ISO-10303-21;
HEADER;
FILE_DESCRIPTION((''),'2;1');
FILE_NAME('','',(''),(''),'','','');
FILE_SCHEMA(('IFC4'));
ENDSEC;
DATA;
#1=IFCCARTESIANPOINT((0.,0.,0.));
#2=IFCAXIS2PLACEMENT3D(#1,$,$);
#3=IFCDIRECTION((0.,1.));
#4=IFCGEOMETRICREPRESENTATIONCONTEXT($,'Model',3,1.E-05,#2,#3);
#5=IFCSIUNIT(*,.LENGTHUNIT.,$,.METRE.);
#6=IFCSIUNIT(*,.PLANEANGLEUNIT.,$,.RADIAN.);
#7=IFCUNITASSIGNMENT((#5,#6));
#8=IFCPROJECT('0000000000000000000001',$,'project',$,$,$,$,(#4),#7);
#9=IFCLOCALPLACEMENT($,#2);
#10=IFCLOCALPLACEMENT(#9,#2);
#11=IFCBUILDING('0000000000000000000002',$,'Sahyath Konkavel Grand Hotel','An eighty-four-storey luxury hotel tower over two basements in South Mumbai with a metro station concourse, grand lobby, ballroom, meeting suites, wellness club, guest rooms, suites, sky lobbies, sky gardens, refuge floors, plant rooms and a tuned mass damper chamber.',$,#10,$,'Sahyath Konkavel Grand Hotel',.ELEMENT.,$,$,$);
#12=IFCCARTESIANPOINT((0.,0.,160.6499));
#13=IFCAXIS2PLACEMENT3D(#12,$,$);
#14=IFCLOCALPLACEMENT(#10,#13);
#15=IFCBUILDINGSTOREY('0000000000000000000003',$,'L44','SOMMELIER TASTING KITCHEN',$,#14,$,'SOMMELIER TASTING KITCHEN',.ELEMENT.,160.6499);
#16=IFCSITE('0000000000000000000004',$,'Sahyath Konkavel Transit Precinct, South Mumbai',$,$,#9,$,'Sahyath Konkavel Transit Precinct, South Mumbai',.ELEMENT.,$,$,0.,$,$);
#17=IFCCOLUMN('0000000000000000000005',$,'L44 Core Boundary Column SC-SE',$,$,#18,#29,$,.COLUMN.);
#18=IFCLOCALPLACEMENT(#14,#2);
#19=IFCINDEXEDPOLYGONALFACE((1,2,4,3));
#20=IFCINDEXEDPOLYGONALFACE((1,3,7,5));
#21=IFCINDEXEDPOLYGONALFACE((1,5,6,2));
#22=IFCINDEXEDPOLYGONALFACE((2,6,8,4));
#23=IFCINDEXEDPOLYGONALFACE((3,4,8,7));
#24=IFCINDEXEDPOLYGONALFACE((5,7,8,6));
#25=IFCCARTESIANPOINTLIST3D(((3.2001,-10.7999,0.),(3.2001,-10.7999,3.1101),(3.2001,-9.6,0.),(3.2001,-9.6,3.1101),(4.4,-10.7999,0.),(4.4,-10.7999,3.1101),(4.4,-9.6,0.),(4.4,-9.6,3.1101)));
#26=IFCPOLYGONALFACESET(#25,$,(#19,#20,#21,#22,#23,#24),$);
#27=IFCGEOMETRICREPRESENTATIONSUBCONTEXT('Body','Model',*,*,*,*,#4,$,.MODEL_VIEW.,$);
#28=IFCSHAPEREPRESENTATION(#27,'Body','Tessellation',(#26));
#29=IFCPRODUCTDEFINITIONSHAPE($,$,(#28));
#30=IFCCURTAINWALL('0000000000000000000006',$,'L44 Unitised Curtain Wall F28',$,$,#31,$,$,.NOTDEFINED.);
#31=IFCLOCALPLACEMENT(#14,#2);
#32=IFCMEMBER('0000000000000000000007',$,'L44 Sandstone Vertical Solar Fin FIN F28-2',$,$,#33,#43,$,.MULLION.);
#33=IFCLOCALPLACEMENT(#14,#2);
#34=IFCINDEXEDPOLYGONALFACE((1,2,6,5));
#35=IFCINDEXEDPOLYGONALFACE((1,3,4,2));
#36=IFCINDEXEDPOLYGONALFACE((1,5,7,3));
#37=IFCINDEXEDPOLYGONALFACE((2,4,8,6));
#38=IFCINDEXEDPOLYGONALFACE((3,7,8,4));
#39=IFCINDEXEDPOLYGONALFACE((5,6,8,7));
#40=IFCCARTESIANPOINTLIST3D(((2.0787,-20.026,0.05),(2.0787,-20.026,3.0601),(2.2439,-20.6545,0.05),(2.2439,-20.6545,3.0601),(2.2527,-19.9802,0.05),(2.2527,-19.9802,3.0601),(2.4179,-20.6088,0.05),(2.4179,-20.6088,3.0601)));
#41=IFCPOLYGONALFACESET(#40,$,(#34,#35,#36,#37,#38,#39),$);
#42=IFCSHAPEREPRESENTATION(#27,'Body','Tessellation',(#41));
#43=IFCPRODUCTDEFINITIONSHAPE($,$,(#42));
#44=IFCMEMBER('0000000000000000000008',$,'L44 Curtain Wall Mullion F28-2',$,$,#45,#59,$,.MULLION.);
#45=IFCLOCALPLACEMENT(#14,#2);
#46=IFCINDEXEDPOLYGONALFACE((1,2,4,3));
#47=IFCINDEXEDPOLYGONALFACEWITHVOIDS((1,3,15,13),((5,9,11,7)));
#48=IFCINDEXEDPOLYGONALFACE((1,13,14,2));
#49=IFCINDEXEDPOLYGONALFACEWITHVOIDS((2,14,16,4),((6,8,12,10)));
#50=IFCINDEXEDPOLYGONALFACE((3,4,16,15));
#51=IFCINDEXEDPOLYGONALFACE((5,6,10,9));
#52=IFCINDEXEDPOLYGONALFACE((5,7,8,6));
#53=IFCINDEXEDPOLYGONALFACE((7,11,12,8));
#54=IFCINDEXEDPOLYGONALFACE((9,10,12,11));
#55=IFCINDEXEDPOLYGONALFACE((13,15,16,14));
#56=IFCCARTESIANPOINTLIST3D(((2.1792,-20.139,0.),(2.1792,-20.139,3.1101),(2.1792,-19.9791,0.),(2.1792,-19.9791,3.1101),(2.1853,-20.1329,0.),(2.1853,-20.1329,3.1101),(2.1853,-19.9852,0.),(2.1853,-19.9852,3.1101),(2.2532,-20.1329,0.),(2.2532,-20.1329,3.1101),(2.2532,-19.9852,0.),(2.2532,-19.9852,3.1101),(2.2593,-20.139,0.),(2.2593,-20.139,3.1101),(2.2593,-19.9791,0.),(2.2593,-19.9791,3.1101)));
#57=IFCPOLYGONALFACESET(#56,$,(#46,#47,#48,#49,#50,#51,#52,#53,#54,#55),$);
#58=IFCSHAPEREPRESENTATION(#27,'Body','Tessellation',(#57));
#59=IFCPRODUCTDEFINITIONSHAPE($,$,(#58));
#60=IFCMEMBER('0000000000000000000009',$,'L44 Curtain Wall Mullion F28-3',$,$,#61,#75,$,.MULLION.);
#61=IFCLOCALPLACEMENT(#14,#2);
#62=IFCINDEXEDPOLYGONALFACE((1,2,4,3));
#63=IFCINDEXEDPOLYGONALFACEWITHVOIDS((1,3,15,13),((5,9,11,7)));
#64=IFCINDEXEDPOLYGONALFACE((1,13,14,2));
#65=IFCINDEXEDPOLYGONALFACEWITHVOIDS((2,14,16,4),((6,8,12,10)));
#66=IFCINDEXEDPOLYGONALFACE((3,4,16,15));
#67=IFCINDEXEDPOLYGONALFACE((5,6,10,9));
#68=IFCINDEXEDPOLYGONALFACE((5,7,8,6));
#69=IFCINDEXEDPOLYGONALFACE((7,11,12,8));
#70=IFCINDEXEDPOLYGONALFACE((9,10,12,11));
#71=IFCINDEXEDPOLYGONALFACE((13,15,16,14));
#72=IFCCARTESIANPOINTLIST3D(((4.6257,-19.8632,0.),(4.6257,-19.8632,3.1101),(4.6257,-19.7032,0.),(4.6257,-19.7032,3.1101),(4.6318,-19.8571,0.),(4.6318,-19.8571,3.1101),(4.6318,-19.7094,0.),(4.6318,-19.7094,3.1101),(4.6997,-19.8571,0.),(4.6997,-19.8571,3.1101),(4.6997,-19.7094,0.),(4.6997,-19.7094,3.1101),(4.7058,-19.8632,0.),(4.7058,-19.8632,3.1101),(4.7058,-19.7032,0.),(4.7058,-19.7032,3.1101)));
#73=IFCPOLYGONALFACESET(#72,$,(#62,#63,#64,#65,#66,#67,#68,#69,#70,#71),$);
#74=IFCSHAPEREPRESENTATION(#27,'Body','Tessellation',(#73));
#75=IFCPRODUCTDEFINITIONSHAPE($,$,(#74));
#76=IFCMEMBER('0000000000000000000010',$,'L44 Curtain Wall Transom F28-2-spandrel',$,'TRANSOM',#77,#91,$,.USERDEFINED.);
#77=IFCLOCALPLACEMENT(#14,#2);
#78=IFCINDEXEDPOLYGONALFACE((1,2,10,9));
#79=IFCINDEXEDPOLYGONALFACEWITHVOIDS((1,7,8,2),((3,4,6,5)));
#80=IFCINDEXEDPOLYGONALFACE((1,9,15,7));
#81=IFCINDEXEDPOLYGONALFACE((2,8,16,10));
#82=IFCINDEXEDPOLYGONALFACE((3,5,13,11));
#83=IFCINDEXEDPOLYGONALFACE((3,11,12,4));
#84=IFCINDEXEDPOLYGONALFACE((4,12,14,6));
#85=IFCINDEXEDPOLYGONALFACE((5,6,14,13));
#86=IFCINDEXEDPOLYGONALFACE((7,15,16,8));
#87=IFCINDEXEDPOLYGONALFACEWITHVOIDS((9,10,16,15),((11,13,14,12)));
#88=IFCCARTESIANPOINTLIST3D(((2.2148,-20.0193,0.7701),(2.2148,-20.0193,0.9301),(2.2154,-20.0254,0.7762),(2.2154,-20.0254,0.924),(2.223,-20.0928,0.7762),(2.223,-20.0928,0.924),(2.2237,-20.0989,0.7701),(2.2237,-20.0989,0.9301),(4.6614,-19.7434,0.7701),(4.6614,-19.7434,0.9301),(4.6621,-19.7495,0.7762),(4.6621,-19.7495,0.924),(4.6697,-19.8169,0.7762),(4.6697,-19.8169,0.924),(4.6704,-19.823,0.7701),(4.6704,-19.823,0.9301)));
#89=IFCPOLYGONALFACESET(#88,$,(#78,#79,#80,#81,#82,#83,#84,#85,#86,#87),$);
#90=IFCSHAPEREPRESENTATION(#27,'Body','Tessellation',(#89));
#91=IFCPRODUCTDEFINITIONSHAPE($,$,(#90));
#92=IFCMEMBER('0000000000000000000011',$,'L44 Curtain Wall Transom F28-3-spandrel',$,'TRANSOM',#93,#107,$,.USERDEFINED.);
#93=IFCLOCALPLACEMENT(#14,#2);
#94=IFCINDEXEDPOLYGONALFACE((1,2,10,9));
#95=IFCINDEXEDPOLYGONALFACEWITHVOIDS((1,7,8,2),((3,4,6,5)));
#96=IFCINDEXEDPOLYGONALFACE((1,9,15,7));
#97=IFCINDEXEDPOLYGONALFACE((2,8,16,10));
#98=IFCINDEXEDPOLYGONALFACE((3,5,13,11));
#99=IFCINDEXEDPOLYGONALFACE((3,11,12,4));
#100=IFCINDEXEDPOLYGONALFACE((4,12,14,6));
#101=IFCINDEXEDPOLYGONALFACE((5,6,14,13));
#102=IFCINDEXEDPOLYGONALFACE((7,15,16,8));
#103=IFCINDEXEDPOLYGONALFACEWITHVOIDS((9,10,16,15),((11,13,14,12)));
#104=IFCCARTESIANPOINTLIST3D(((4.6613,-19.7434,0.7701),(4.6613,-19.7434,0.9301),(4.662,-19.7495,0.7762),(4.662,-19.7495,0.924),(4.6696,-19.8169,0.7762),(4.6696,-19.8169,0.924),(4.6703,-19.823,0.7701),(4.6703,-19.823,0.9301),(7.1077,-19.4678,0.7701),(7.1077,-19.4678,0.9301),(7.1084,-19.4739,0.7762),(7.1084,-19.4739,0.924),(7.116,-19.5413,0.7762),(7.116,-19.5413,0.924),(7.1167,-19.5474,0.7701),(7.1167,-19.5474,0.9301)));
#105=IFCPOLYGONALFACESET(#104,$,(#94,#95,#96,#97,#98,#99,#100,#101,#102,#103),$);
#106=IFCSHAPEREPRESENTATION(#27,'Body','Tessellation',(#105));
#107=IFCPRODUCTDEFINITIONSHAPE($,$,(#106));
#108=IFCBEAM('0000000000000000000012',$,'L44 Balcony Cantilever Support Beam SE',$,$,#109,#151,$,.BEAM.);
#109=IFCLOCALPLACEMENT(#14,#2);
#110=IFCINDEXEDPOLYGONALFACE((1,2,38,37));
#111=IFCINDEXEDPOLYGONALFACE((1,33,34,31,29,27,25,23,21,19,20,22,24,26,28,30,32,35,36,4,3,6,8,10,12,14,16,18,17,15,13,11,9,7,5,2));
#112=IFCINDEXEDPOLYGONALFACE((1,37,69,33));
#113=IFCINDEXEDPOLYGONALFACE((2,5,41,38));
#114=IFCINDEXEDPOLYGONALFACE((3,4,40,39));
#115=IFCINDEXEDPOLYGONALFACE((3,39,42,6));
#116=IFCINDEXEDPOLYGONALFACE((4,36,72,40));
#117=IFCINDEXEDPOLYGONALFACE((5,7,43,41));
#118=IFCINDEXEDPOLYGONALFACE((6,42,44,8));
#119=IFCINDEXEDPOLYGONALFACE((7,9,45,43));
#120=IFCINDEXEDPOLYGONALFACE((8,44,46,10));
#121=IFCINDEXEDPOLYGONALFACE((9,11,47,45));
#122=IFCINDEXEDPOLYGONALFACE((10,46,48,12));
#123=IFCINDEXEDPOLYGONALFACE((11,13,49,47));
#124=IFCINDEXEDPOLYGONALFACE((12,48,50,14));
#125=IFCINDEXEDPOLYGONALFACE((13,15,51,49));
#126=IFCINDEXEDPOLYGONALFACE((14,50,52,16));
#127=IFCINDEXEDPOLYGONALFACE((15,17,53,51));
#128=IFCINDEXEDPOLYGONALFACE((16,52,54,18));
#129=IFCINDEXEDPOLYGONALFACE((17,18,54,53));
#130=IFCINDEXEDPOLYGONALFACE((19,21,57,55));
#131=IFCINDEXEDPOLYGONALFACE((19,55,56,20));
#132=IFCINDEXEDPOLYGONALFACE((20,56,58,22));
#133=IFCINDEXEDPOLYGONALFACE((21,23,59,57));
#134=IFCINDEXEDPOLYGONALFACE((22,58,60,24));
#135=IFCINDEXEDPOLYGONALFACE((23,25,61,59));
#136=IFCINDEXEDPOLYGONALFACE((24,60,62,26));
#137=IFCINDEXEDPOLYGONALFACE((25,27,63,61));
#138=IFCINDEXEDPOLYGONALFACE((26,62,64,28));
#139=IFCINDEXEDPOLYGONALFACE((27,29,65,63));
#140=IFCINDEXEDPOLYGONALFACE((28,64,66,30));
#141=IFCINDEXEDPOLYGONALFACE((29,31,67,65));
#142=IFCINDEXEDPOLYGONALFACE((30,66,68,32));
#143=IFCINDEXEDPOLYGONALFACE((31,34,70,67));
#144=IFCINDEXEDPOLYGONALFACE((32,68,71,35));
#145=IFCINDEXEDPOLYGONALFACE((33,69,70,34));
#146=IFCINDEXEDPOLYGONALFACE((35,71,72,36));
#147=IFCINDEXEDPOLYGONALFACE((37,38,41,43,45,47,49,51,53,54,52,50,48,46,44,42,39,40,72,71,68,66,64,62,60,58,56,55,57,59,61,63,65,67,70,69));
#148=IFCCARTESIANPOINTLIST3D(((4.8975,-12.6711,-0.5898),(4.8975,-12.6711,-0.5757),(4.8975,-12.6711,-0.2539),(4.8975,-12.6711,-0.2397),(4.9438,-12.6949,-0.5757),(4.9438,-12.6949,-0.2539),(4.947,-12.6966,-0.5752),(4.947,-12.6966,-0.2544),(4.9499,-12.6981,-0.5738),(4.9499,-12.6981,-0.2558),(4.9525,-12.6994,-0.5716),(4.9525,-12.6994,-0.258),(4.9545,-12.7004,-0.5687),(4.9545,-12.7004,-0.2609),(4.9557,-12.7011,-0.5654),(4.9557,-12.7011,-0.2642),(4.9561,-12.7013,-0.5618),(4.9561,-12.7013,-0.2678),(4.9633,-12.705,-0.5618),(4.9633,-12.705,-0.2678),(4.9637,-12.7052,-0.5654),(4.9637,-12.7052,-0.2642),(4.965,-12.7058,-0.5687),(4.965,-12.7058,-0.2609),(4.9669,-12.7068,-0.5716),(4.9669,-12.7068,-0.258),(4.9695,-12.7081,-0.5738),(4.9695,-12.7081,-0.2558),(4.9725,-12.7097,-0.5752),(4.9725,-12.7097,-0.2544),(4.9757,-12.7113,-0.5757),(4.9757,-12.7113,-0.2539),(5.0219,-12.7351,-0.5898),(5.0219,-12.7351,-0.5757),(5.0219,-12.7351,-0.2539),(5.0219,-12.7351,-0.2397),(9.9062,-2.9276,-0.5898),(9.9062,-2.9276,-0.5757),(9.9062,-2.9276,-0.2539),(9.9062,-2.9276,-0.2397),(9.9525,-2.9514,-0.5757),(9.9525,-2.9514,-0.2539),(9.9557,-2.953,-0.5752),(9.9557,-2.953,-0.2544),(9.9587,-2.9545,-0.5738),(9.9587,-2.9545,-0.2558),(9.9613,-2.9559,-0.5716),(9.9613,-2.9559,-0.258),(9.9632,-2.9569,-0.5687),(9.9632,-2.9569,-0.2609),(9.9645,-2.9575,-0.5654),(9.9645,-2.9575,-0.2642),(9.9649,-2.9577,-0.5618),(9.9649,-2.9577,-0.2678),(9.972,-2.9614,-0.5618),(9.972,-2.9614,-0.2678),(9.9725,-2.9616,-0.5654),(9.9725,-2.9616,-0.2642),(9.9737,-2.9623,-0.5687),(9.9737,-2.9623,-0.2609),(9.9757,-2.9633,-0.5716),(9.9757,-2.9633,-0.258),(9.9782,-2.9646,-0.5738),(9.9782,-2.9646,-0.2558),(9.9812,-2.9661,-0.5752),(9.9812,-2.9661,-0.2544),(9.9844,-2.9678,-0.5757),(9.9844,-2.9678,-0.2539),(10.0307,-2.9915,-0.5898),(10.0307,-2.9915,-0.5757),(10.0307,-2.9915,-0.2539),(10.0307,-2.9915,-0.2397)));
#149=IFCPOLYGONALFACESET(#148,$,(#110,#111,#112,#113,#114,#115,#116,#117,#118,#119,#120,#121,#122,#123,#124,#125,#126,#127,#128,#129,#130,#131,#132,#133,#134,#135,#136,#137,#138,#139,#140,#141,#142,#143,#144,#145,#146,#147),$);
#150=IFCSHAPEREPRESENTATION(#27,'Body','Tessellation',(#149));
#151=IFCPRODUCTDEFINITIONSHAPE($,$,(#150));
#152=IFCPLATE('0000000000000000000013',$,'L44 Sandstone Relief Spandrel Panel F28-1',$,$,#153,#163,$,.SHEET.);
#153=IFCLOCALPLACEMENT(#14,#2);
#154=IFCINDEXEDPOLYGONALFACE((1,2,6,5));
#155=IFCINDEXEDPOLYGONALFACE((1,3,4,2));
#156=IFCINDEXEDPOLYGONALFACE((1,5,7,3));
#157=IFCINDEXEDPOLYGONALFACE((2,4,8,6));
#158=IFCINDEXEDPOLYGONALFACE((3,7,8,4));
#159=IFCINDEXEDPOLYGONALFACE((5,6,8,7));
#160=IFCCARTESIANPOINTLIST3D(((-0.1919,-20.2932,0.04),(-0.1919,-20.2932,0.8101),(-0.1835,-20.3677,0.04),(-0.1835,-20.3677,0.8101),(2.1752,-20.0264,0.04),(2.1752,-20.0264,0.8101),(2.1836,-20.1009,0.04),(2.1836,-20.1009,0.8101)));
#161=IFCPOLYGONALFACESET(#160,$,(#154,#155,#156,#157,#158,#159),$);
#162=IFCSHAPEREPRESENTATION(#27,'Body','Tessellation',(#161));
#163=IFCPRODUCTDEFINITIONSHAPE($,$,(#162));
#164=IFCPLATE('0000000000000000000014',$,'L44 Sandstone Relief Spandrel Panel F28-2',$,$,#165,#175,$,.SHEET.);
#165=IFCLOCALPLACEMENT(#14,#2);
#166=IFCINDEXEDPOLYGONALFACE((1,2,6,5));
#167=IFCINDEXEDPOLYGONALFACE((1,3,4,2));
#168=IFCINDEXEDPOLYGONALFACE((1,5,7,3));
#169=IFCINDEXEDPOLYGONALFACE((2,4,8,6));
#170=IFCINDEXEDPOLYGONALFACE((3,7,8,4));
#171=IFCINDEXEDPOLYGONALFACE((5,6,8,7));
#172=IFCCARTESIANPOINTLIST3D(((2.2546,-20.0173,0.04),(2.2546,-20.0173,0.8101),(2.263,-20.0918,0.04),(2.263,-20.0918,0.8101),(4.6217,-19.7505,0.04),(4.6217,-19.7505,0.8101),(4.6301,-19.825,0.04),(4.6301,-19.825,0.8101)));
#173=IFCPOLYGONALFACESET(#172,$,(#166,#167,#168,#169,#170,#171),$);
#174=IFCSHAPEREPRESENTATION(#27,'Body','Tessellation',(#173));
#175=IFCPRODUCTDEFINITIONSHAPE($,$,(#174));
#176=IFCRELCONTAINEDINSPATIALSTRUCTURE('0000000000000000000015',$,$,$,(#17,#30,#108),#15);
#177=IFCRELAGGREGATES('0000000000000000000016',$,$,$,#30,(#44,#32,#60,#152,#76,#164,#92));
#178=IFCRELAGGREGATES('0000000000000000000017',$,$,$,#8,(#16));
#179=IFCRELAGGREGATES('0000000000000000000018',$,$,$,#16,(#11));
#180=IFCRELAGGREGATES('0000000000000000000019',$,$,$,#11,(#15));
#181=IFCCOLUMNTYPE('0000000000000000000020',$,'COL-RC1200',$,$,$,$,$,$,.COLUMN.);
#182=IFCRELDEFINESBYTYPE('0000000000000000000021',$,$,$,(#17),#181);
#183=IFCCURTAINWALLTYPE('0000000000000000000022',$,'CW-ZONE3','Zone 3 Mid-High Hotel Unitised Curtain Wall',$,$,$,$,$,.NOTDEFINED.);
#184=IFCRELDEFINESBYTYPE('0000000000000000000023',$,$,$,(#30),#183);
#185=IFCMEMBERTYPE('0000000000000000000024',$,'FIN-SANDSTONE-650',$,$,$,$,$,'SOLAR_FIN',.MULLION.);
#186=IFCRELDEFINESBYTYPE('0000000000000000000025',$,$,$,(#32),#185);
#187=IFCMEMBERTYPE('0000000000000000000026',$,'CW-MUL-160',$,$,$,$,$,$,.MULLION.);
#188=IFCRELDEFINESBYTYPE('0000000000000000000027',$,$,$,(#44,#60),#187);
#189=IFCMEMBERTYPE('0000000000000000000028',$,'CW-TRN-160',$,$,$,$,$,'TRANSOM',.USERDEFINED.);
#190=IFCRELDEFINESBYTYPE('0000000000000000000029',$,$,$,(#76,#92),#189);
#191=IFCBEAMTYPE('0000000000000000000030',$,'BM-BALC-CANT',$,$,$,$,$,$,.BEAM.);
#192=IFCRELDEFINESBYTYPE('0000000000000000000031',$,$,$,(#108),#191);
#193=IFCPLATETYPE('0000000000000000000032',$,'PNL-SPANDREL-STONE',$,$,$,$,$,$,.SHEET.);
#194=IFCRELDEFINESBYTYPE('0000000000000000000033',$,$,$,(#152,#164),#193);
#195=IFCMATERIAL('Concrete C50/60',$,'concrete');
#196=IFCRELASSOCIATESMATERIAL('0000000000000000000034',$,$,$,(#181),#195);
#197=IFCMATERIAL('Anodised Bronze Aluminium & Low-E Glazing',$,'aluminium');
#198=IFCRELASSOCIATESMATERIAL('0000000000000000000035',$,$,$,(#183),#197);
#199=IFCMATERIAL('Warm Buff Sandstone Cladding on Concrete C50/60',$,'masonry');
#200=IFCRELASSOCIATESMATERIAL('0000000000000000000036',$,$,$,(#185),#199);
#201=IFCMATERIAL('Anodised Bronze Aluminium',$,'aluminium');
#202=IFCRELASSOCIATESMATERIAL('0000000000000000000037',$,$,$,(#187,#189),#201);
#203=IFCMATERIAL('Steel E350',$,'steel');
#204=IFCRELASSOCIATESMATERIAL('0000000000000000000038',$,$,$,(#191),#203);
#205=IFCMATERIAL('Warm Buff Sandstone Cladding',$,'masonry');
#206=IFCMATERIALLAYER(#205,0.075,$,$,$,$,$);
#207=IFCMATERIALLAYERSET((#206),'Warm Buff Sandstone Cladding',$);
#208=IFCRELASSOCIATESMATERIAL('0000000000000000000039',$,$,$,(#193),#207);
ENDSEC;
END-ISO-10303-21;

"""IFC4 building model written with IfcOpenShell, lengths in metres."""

from ifc_helpers import new_model, si_unit, direction, frame, origin, origin_2d, place, context, subcontext, project, spatial, rectangle, hollow_rectangle, i_section, extrude, source, transform, mapped, material, layer, layer_set, material_profile, profile_set, type_object, element, aggregate, save


model = new_model("IFC4")

# Units and contexts
model_context = context("Model", 3, precision=1e-05, world=origin(), true_north=direction((0.0, 1.0)))
body_context = subcontext(model_context, "Body", "Model", "MODEL_VIEW")
ifc_project = project(units=[si_unit("LENGTHUNIT", "METRE"), si_unit("PLANEANGLEUNIT", "RADIAN")], contexts=[model_context])

# Site, building, storey
site_placement = place(None, origin())
site = spatial("IfcSite", under=ifc_project, at=site_placement, Name="Sahyath Konkavel Transit Precinct, South Mumbai", LongName="Sahyath Konkavel Transit Precinct, South Mumbai", CompositionType="ELEMENT", RefElevation=0.0)
building_placement = place(site_placement, origin())
building = spatial("IfcBuilding", under=site, at=building_placement, Name="Sahyath Konkavel Grand Hotel", Description="An eighty-four-storey luxury hotel tower over two basements in South Mumbai with a metro station concourse, grand lobby, ballroom, meeting suites, wellness club, guest rooms, suites, sky lobbies, sky gardens, refuge floors, plant rooms and a tuned mass damper chamber.", LongName="Sahyath Konkavel Grand Hotel", CompositionType="ELEMENT")
storey_placement = place(building_placement, frame((0.0, 0.0, 160.6499)))
storey = spatial("IfcBuildingStorey", under=building, at=storey_placement, Name="L44", Description="SOMMELIER TASTING KITCHEN", LongName="SOMMELIER TASTING KITCHEN", CompositionType="ELEMENT", Elevation=160.6499)

# Column
ifc_material_1 = material(Name="Concrete C50/60", Category="concrete")
ifc_material_profile_1 = material_profile(ifc_material_1, rectangle(XDim=1.2, YDim=1.2, at=origin_2d()), Name="RC 1200x1200")
ifc_profile_set_1 = profile_set([ifc_material_profile_1], Name="Concrete C50/60")
column_type = type_object("IfcColumnType", Name="COL-RC1200", PredefinedType="COLUMN", material=ifc_profile_set_1)
shared_shape_1 = source(origin(), body_context, "Body", "SweptSolid", [
    extrude(rectangle(XDim=1.2, YDim=1.2, at=origin_2d()), origin(), (0.0, 0.0, 1.0), 3.1101),
])
column_placement = place(storey_placement, frame((3.8, -10.2, 0.0), z_axis=(0.0, 0.0, 1.0), x_axis=(1.0, 0.0, 0.0)))
element("IfcColumn", 1, at=column_placement, inside=storey, type_object=column_type, Name="L44 Core Boundary Column SC-SE", PredefinedType="COLUMN", context=body_context, shape_type="MappedRepresentation", body=[
    mapped(shared_shape_1, transform((0.0, 0.0, 0.0), scale=1.0)),
])

# Curtain wall, members
ifc_material_2 = material(Name="Anodised Bronze Aluminium & Low-E Glazing", Category="aluminium")
curtain_wall_type = type_object("IfcCurtainWallType", Name="CW-ZONE3", Description="Zone 3 Mid-High Hotel Unitised Curtain Wall", PredefinedType="NOTDEFINED", material=ifc_material_2)
curtain_wall_placement = place(storey_placement, origin())
curtain_wall = element("IfcCurtainWall", 2, at=curtain_wall_placement, inside=storey, type_object=curtain_wall_type, Name="L44 Unitised Curtain Wall F28", PredefinedType="NOTDEFINED")
ifc_material_3 = material(Name="Warm Buff Sandstone Cladding on Concrete C50/60", Category="masonry")
ifc_material_profile_2 = material_profile(ifc_material_3, rectangle(XDim=0.1799, YDim=0.6499, at=origin_2d()), Name="FIN 180x650")
ifc_profile_set_2 = profile_set([ifc_material_profile_2], Name="Warm Buff Sandstone Cladding on Concrete C50/60")
member_type_1 = type_object("IfcMemberType", Name="FIN-SANDSTONE-650", ElementType="SOLAR_FIN", PredefinedType="MULLION", material=ifc_profile_set_2)
shared_shape_2 = source(origin(), body_context, "Body", "SweptSolid", [
    extrude(rectangle(XDim=0.1799, YDim=0.6499, at=origin_2d()), origin(), (0.0, 0.0, 1.0), 3.01),
])
member_1_placement = place(storey_placement, frame((2.2483, -20.3174, 0.05), z_axis=(0.0, 0.0, 1.0), x_axis=(0.967135, 0.254264, 0.0)))
member_1 = element("IfcMember", 3, at=member_1_placement, type_object=member_type_1, Name="L44 Sandstone Vertical Solar Fin FIN F28-2", PredefinedType="MULLION", context=body_context, shape_type="MappedRepresentation", body=[
    mapped(shared_shape_2, transform((0.0, 0.0, 0.0), scale=1.0)),
])
ifc_material_4 = material(Name="Anodised Bronze Aluminium", Category="aluminium")
ifc_material_profile_3 = material_profile(ifc_material_4, hollow_rectangle(XDim=0.0801, YDim=0.1599, WallThickness=0.0061, at=origin_2d()), Name="RHS 160x80x6")
ifc_profile_set_3 = profile_set([ifc_material_profile_3], Name="Anodised Bronze Aluminium")
member_type_2 = type_object("IfcMemberType", Name="CW-MUL-160", PredefinedType="MULLION", material=ifc_profile_set_3)
shared_shape_3 = source(origin(), body_context, "Body", "SweptSolid", [
    extrude(hollow_rectangle(XDim=0.0801, YDim=0.1599, WallThickness=0.0061, at=origin_2d()), origin(), (0.0, 0.0, 1.0), 3.1101),
])
member_2_placement = place(storey_placement, frame((2.2192, -20.0591, 0.0), z_axis=(0.0, 0.0, 1.0), x_axis=(1.0, 0.0, 0.0)))
member_2 = element("IfcMember", 4, at=member_2_placement, type_object=member_type_2, Name="L44 Curtain Wall Mullion F28-2", PredefinedType="MULLION", context=body_context, shape_type="MappedRepresentation", body=[
    mapped(shared_shape_3, transform((0.0, 0.0, 0.0), scale=1.0)),
])
member_3_placement = place(storey_placement, frame((4.6658, -19.7832, 0.0), z_axis=(0.0, 0.0, 1.0), x_axis=(1.0, 0.0, 0.0)))
member_3 = element("IfcMember", 5, at=member_3_placement, type_object=member_type_2, Name="L44 Curtain Wall Mullion F28-3", PredefinedType="MULLION", context=body_context, shape_type="MappedRepresentation", body=[
    mapped(shared_shape_3, transform((0.0, 0.0, 0.0), scale=1.0)),
])
ifc_material_profile_4 = material_profile(ifc_material_4, hollow_rectangle(XDim=0.0801, YDim=0.1599, WallThickness=0.0061, at=origin_2d()), Name="RHS 160x80x6")
ifc_profile_set_4 = profile_set([ifc_material_profile_4], Name="Anodised Bronze Aluminium")
member_type_3 = type_object("IfcMemberType", Name="CW-TRN-160", ElementType="TRANSOM", PredefinedType="USERDEFINED", material=ifc_profile_set_4)
shared_shape_4 = source(origin(), body_context, "Body", "SweptSolid", [
    extrude(hollow_rectangle(XDim=0.0801, YDim=0.1599, WallThickness=0.0061, at=origin_2d()), origin(), (0.0, 0.0, 1.0), 2.4622),
])
member_4_placement = place(storey_placement, frame((2.2192, -20.0591, 0.8501), z_axis=(0.993702, 0.112053, 0.0), x_axis=(-0.112053, 0.993702, 0.0)))
member_4 = element("IfcMember", 6, at=member_4_placement, type_object=member_type_3, Name="L44 Curtain Wall Transom F28-2-spandrel", ObjectType="TRANSOM", PredefinedType="USERDEFINED", context=body_context, shape_type="MappedRepresentation", body=[
    mapped(shared_shape_4, transform((0.0, 0.0, 0.0), scale=1.0)),
])
shared_shape_5 = source(origin(), body_context, "Body", "SweptSolid", [
    extrude(hollow_rectangle(XDim=0.0801, YDim=0.1599, WallThickness=0.0061, at=origin_2d()), origin(), (0.0, 0.0, 1.0), 2.4619),
])
member_5_placement = place(storey_placement, frame((4.6658, -19.7832, 0.8501), z_axis=(0.993713, 0.111955, 0.0), x_axis=(-0.111955, 0.993713, 0.0)))
member_5 = element("IfcMember", 7, at=member_5_placement, type_object=member_type_3, Name="L44 Curtain Wall Transom F28-3-spandrel", ObjectType="TRANSOM", PredefinedType="USERDEFINED", context=body_context, shape_type="MappedRepresentation", body=[
    mapped(shared_shape_5, transform((0.0, 0.0, 0.0), scale=1.0)),
])

# Beam
ifc_material_5 = material(Name="Steel E350", Category="steel")
ifc_material_profile_5 = material_profile(ifc_material_5, i_section(OverallWidth=0.1399, OverallDepth=0.3501, WebThickness=0.0081, FlangeThickness=0.0142, FilletRadius=0.0139, at=origin_2d()), Name="ISMB 350")
ifc_profile_set_5 = profile_set([ifc_material_profile_5], Name="Steel E350")
beam_type = type_object("IfcBeamType", Name="BM-BALC-CANT", PredefinedType="BEAM", material=ifc_profile_set_5)
shared_shape_6 = source(origin(), body_context, "Body", "SweptSolid", [
    extrude(i_section(OverallWidth=0.1399, OverallDepth=0.3501, WebThickness=0.0081, FlangeThickness=0.0142, FilletRadius=0.0139, at=origin_2d()), origin(), (0.0, 0.0, 1.0), 10.9556),
])
beam_placement = place(storey_placement, frame((4.9597, -12.7031, -0.4148), z_axis=(0.457187, 0.889371, 0.0), x_axis=(-0.889371, 0.457187, 0.0)))
element("IfcBeam", 8, at=beam_placement, inside=storey, type_object=beam_type, Name="L44 Balcony Cantilever Support Beam SE", PredefinedType="BEAM", context=body_context, shape_type="MappedRepresentation", body=[
    mapped(shared_shape_6, transform((0.0, 0.0, 0.0), scale=1.0)),
])

# Plates
ifc_material_6 = material(Name="Warm Buff Sandstone Cladding", Category="masonry")
ifc_layer_1 = layer(ifc_material_6, 0.075)
ifc_layer_set_1 = layer_set([ifc_layer_1], Name="Warm Buff Sandstone Cladding")
plate_type_1 = type_object("IfcPlateType", Name="PNL-SPANDREL-STONE", PredefinedType="SHEET", material=ifc_layer_set_1)
shared_shape_7 = source(origin(), body_context, "Body", "SweptSolid", [
    extrude(rectangle(XDim=2.3821, YDim=0.075, at=origin_2d()), origin(), (0.0, 0.0, 1.0), 0.77),
])
plate_1_placement = place(storey_placement, frame((0.9958, -20.197, 0.04), z_axis=(0.0, 0.0, 1.0), x_axis=(0.993707, 0.112007, 0.0)))
plate_1 = element("IfcPlate", 9, at=plate_1_placement, type_object=plate_type_1, Name="L44 Sandstone Relief Spandrel Panel F28-1", PredefinedType="SHEET", context=body_context, shape_type="MappedRepresentation", body=[
    mapped(shared_shape_7, transform((0.0, 0.0, 0.0), scale=1.0)),
])
plate_2_placement = place(storey_placement, frame((3.4424, -19.9211, 0.04), z_axis=(0.0, 0.0, 1.0), x_axis=(0.993707, 0.112007, 0.0)))
plate_2 = element("IfcPlate", 10, at=plate_2_placement, type_object=plate_type_1, Name="L44 Sandstone Relief Spandrel Panel F28-2", PredefinedType="SHEET", context=body_context, shape_type="MappedRepresentation", body=[
    mapped(shared_shape_7, transform((0.0, 0.0, 0.0), scale=1.0)),
])
aggregate(curtain_wall, [member_2, member_1, member_3, plate_1, member_4, plate_2, member_5])

save(model, "model.ifc")
